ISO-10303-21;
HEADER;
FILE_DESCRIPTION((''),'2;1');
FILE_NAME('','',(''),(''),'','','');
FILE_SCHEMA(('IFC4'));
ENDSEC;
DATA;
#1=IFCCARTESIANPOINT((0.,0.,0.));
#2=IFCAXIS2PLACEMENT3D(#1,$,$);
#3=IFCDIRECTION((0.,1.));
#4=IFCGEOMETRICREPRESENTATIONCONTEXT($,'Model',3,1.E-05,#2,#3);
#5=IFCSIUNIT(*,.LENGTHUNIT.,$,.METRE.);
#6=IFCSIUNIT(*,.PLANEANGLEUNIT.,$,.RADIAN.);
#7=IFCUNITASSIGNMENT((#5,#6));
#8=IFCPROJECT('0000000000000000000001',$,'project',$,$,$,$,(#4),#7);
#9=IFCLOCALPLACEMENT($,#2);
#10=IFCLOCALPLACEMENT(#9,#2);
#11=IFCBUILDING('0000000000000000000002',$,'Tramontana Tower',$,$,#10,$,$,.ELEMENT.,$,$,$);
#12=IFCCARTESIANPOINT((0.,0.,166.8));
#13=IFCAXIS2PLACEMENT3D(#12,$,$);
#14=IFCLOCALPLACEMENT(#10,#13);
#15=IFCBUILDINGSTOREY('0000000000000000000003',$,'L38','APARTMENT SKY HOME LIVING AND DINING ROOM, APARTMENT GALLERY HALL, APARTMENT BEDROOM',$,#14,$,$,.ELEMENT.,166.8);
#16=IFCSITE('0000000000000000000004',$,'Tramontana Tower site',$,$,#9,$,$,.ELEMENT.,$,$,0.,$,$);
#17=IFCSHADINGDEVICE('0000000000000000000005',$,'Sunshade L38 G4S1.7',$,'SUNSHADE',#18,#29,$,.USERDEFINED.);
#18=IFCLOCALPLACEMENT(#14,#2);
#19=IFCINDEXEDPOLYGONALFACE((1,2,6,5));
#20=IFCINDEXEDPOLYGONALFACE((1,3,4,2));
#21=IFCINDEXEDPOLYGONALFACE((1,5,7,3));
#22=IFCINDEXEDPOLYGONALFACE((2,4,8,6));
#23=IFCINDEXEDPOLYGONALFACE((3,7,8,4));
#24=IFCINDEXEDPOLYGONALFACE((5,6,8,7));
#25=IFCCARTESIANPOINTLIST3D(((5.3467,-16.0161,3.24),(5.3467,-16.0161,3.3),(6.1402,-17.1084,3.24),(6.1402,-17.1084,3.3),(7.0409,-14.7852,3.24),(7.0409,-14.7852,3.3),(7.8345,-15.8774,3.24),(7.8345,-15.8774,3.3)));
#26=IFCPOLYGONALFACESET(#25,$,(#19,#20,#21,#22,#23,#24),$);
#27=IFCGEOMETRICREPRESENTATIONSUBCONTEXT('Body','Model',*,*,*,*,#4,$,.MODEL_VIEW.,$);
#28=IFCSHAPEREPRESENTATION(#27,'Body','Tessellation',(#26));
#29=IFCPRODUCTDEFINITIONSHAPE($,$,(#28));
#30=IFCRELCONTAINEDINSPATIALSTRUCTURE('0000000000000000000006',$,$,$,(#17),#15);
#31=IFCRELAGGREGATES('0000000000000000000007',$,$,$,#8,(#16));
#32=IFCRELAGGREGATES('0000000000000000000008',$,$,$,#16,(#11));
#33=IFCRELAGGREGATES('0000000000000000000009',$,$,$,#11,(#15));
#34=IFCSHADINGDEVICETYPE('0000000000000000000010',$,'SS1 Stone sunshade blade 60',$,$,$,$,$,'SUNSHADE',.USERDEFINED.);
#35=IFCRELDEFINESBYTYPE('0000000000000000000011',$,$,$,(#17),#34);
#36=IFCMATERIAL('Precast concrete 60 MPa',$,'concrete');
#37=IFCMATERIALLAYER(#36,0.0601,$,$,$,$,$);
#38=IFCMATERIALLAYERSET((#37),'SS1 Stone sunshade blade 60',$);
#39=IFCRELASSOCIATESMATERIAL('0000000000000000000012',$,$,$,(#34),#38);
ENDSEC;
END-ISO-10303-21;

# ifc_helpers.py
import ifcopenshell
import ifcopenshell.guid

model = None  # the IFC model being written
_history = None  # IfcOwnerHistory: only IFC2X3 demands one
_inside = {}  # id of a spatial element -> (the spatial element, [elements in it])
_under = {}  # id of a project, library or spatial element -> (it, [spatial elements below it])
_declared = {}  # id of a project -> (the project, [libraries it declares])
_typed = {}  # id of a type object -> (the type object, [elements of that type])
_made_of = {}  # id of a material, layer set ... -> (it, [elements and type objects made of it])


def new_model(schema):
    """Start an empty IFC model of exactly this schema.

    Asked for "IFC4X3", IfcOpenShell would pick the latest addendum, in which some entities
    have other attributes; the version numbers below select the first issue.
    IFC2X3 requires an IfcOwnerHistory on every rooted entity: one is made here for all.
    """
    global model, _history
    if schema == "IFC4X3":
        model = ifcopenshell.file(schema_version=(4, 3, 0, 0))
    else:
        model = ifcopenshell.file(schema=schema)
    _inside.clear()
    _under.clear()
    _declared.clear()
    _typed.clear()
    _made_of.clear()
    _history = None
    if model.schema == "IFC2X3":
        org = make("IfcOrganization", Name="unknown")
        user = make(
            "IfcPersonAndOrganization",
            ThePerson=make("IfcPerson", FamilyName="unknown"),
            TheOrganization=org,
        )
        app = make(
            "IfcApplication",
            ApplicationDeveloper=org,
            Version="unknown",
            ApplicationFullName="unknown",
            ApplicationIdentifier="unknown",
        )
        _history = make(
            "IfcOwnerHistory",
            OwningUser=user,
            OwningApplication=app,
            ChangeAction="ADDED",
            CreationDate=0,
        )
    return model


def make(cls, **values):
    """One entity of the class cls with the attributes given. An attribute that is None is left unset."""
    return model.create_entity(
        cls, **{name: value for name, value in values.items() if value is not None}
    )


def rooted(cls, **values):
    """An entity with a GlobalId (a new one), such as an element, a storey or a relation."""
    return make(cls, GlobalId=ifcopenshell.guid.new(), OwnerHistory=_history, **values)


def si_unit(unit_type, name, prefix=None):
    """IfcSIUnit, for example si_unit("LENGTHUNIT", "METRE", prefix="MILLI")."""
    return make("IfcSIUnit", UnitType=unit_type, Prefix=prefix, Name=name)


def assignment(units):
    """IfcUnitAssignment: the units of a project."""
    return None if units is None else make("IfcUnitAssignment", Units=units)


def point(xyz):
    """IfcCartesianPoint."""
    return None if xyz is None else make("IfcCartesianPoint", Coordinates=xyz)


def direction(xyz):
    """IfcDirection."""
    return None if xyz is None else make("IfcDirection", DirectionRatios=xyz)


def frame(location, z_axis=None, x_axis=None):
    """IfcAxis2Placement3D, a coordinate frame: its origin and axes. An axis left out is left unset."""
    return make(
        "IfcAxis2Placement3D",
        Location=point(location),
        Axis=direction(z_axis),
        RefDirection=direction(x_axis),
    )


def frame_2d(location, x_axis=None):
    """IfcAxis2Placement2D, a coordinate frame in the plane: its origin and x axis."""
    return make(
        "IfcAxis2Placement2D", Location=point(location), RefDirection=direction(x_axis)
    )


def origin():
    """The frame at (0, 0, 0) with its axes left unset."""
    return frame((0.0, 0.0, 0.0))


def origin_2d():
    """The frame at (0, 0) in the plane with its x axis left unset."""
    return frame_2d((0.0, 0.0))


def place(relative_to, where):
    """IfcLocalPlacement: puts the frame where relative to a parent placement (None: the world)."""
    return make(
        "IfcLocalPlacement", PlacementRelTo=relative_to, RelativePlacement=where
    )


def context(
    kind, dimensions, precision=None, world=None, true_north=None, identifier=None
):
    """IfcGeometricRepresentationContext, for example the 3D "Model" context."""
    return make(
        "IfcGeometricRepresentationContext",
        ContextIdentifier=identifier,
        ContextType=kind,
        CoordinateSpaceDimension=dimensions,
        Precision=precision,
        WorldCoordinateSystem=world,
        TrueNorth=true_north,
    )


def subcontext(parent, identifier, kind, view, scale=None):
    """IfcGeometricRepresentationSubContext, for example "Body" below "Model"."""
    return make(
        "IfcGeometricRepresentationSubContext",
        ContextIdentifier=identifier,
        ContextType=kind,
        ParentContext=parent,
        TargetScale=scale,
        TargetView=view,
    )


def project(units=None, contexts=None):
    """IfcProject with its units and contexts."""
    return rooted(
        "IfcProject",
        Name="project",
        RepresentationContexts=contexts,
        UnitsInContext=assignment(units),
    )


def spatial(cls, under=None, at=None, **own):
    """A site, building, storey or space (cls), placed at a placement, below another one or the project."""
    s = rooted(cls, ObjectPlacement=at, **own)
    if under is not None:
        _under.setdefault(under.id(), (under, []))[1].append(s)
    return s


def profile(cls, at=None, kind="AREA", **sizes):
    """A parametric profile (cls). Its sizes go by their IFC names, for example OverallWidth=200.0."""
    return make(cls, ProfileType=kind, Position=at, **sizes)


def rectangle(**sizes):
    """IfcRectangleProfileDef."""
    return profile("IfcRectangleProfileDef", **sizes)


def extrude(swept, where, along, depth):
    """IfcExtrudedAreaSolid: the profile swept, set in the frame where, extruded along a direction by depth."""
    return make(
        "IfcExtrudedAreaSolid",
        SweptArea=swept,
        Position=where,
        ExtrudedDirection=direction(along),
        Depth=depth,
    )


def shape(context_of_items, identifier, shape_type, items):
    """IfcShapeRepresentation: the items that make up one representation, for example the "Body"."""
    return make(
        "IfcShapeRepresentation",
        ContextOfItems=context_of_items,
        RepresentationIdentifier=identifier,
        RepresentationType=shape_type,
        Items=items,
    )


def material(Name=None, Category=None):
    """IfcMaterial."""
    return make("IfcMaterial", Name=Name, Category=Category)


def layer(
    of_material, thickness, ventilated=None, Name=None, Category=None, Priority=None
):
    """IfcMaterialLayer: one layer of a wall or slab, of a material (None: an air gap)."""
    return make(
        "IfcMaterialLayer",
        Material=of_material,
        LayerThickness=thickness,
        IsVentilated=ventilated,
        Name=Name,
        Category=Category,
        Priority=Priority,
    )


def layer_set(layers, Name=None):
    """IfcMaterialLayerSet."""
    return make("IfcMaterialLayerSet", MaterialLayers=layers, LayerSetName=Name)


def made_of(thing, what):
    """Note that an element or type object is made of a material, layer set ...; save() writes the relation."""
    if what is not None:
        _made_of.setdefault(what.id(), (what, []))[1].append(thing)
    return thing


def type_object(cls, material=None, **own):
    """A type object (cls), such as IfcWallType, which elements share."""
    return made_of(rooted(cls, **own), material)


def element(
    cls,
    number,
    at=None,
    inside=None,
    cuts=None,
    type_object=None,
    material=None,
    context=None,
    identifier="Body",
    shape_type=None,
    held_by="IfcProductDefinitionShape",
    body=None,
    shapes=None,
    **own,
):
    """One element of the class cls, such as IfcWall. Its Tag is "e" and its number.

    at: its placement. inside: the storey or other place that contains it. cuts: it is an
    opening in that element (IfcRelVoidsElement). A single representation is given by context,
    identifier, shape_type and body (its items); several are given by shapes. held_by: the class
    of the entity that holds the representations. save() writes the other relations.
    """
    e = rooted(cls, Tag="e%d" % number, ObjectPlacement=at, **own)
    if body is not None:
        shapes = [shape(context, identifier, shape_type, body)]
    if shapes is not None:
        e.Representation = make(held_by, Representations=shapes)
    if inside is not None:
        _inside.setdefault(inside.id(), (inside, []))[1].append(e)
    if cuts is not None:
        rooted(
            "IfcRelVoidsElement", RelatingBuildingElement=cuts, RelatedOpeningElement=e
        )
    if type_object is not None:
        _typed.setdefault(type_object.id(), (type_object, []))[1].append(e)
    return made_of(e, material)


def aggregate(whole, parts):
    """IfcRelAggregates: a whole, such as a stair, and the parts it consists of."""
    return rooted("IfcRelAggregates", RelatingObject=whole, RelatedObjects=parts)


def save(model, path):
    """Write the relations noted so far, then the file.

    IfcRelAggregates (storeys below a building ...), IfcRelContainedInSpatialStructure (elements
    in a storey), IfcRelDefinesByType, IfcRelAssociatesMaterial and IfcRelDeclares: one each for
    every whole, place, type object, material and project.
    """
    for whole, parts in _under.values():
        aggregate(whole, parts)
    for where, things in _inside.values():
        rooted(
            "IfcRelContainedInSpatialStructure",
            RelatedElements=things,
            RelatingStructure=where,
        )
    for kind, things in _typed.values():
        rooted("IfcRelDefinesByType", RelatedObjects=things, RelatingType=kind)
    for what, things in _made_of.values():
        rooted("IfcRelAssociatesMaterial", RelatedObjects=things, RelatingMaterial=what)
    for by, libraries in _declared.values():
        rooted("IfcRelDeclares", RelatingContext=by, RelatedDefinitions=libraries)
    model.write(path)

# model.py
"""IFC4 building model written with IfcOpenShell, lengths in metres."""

from ifc_helpers import new_model, si_unit, direction, frame, origin, origin_2d, place, context, subcontext, project, spatial, rectangle, extrude, material, layer, layer_set, type_object, element, save


model = new_model("IFC4")

# Units and contexts
model_context = context("Model", 3, precision=1e-05, world=origin(), true_north=direction((0.0, 1.0)))
body_context = subcontext(model_context, "Body", "Model", "MODEL_VIEW")
ifc_project = project(units=[si_unit("LENGTHUNIT", "METRE"), si_unit("PLANEANGLEUNIT", "RADIAN")], contexts=[model_context])

# Site, building, storey
site_placement = place(None, origin())
site = spatial("IfcSite", under=ifc_project, at=site_placement, Name="Tramontana Tower site", CompositionType="ELEMENT", RefElevation=0.0)
building_placement = place(site_placement, origin())
building = spatial("IfcBuilding", under=site, at=building_placement, Name="Tramontana Tower", CompositionType="ELEMENT")
storey_placement = place(building_placement, frame((0.0, 0.0, 166.8)))
storey = spatial("IfcBuildingStorey", under=building, at=storey_placement, Name="L38", Description="APARTMENT SKY HOME LIVING AND DINING ROOM, APARTMENT GALLERY HALL, APARTMENT BEDROOM", CompositionType="ELEMENT", Elevation=166.8)

# Shading device
ifc_material_1 = material(Name="Precast concrete 60 MPa", Category="concrete")
ifc_layer_1 = layer(ifc_material_1, 0.0601)
ifc_layer_set_1 = layer_set([ifc_layer_1], Name="SS1 Stone sunshade blade 60")
shading_device_type = type_object("IfcShadingDeviceType", Name="SS1 Stone sunshade blade 60", ElementType="SUNSHADE", PredefinedType="USERDEFINED", material=ifc_layer_set_1)
shading_device_placement = place(storey_placement, frame((6.5906, -15.9468, 3.24), z_axis=(0.0, 0.0, 1.0), x_axis=(0.809017, 0.587785, 0.0)))
element("IfcShadingDevice", 1, at=shading_device_placement, inside=storey, type_object=shading_device_type, Name="Sunshade L38 G4S1.7", ObjectType="SUNSHADE", PredefinedType="USERDEFINED", context=body_context, shape_type="SweptSolid", body=[
    extrude(rectangle(XDim=2.0942, YDim=1.3501, at=origin_2d()), origin(), (0.0, 0.0, 1.0), 0.0601),
])

save(model, "model.ifc")
